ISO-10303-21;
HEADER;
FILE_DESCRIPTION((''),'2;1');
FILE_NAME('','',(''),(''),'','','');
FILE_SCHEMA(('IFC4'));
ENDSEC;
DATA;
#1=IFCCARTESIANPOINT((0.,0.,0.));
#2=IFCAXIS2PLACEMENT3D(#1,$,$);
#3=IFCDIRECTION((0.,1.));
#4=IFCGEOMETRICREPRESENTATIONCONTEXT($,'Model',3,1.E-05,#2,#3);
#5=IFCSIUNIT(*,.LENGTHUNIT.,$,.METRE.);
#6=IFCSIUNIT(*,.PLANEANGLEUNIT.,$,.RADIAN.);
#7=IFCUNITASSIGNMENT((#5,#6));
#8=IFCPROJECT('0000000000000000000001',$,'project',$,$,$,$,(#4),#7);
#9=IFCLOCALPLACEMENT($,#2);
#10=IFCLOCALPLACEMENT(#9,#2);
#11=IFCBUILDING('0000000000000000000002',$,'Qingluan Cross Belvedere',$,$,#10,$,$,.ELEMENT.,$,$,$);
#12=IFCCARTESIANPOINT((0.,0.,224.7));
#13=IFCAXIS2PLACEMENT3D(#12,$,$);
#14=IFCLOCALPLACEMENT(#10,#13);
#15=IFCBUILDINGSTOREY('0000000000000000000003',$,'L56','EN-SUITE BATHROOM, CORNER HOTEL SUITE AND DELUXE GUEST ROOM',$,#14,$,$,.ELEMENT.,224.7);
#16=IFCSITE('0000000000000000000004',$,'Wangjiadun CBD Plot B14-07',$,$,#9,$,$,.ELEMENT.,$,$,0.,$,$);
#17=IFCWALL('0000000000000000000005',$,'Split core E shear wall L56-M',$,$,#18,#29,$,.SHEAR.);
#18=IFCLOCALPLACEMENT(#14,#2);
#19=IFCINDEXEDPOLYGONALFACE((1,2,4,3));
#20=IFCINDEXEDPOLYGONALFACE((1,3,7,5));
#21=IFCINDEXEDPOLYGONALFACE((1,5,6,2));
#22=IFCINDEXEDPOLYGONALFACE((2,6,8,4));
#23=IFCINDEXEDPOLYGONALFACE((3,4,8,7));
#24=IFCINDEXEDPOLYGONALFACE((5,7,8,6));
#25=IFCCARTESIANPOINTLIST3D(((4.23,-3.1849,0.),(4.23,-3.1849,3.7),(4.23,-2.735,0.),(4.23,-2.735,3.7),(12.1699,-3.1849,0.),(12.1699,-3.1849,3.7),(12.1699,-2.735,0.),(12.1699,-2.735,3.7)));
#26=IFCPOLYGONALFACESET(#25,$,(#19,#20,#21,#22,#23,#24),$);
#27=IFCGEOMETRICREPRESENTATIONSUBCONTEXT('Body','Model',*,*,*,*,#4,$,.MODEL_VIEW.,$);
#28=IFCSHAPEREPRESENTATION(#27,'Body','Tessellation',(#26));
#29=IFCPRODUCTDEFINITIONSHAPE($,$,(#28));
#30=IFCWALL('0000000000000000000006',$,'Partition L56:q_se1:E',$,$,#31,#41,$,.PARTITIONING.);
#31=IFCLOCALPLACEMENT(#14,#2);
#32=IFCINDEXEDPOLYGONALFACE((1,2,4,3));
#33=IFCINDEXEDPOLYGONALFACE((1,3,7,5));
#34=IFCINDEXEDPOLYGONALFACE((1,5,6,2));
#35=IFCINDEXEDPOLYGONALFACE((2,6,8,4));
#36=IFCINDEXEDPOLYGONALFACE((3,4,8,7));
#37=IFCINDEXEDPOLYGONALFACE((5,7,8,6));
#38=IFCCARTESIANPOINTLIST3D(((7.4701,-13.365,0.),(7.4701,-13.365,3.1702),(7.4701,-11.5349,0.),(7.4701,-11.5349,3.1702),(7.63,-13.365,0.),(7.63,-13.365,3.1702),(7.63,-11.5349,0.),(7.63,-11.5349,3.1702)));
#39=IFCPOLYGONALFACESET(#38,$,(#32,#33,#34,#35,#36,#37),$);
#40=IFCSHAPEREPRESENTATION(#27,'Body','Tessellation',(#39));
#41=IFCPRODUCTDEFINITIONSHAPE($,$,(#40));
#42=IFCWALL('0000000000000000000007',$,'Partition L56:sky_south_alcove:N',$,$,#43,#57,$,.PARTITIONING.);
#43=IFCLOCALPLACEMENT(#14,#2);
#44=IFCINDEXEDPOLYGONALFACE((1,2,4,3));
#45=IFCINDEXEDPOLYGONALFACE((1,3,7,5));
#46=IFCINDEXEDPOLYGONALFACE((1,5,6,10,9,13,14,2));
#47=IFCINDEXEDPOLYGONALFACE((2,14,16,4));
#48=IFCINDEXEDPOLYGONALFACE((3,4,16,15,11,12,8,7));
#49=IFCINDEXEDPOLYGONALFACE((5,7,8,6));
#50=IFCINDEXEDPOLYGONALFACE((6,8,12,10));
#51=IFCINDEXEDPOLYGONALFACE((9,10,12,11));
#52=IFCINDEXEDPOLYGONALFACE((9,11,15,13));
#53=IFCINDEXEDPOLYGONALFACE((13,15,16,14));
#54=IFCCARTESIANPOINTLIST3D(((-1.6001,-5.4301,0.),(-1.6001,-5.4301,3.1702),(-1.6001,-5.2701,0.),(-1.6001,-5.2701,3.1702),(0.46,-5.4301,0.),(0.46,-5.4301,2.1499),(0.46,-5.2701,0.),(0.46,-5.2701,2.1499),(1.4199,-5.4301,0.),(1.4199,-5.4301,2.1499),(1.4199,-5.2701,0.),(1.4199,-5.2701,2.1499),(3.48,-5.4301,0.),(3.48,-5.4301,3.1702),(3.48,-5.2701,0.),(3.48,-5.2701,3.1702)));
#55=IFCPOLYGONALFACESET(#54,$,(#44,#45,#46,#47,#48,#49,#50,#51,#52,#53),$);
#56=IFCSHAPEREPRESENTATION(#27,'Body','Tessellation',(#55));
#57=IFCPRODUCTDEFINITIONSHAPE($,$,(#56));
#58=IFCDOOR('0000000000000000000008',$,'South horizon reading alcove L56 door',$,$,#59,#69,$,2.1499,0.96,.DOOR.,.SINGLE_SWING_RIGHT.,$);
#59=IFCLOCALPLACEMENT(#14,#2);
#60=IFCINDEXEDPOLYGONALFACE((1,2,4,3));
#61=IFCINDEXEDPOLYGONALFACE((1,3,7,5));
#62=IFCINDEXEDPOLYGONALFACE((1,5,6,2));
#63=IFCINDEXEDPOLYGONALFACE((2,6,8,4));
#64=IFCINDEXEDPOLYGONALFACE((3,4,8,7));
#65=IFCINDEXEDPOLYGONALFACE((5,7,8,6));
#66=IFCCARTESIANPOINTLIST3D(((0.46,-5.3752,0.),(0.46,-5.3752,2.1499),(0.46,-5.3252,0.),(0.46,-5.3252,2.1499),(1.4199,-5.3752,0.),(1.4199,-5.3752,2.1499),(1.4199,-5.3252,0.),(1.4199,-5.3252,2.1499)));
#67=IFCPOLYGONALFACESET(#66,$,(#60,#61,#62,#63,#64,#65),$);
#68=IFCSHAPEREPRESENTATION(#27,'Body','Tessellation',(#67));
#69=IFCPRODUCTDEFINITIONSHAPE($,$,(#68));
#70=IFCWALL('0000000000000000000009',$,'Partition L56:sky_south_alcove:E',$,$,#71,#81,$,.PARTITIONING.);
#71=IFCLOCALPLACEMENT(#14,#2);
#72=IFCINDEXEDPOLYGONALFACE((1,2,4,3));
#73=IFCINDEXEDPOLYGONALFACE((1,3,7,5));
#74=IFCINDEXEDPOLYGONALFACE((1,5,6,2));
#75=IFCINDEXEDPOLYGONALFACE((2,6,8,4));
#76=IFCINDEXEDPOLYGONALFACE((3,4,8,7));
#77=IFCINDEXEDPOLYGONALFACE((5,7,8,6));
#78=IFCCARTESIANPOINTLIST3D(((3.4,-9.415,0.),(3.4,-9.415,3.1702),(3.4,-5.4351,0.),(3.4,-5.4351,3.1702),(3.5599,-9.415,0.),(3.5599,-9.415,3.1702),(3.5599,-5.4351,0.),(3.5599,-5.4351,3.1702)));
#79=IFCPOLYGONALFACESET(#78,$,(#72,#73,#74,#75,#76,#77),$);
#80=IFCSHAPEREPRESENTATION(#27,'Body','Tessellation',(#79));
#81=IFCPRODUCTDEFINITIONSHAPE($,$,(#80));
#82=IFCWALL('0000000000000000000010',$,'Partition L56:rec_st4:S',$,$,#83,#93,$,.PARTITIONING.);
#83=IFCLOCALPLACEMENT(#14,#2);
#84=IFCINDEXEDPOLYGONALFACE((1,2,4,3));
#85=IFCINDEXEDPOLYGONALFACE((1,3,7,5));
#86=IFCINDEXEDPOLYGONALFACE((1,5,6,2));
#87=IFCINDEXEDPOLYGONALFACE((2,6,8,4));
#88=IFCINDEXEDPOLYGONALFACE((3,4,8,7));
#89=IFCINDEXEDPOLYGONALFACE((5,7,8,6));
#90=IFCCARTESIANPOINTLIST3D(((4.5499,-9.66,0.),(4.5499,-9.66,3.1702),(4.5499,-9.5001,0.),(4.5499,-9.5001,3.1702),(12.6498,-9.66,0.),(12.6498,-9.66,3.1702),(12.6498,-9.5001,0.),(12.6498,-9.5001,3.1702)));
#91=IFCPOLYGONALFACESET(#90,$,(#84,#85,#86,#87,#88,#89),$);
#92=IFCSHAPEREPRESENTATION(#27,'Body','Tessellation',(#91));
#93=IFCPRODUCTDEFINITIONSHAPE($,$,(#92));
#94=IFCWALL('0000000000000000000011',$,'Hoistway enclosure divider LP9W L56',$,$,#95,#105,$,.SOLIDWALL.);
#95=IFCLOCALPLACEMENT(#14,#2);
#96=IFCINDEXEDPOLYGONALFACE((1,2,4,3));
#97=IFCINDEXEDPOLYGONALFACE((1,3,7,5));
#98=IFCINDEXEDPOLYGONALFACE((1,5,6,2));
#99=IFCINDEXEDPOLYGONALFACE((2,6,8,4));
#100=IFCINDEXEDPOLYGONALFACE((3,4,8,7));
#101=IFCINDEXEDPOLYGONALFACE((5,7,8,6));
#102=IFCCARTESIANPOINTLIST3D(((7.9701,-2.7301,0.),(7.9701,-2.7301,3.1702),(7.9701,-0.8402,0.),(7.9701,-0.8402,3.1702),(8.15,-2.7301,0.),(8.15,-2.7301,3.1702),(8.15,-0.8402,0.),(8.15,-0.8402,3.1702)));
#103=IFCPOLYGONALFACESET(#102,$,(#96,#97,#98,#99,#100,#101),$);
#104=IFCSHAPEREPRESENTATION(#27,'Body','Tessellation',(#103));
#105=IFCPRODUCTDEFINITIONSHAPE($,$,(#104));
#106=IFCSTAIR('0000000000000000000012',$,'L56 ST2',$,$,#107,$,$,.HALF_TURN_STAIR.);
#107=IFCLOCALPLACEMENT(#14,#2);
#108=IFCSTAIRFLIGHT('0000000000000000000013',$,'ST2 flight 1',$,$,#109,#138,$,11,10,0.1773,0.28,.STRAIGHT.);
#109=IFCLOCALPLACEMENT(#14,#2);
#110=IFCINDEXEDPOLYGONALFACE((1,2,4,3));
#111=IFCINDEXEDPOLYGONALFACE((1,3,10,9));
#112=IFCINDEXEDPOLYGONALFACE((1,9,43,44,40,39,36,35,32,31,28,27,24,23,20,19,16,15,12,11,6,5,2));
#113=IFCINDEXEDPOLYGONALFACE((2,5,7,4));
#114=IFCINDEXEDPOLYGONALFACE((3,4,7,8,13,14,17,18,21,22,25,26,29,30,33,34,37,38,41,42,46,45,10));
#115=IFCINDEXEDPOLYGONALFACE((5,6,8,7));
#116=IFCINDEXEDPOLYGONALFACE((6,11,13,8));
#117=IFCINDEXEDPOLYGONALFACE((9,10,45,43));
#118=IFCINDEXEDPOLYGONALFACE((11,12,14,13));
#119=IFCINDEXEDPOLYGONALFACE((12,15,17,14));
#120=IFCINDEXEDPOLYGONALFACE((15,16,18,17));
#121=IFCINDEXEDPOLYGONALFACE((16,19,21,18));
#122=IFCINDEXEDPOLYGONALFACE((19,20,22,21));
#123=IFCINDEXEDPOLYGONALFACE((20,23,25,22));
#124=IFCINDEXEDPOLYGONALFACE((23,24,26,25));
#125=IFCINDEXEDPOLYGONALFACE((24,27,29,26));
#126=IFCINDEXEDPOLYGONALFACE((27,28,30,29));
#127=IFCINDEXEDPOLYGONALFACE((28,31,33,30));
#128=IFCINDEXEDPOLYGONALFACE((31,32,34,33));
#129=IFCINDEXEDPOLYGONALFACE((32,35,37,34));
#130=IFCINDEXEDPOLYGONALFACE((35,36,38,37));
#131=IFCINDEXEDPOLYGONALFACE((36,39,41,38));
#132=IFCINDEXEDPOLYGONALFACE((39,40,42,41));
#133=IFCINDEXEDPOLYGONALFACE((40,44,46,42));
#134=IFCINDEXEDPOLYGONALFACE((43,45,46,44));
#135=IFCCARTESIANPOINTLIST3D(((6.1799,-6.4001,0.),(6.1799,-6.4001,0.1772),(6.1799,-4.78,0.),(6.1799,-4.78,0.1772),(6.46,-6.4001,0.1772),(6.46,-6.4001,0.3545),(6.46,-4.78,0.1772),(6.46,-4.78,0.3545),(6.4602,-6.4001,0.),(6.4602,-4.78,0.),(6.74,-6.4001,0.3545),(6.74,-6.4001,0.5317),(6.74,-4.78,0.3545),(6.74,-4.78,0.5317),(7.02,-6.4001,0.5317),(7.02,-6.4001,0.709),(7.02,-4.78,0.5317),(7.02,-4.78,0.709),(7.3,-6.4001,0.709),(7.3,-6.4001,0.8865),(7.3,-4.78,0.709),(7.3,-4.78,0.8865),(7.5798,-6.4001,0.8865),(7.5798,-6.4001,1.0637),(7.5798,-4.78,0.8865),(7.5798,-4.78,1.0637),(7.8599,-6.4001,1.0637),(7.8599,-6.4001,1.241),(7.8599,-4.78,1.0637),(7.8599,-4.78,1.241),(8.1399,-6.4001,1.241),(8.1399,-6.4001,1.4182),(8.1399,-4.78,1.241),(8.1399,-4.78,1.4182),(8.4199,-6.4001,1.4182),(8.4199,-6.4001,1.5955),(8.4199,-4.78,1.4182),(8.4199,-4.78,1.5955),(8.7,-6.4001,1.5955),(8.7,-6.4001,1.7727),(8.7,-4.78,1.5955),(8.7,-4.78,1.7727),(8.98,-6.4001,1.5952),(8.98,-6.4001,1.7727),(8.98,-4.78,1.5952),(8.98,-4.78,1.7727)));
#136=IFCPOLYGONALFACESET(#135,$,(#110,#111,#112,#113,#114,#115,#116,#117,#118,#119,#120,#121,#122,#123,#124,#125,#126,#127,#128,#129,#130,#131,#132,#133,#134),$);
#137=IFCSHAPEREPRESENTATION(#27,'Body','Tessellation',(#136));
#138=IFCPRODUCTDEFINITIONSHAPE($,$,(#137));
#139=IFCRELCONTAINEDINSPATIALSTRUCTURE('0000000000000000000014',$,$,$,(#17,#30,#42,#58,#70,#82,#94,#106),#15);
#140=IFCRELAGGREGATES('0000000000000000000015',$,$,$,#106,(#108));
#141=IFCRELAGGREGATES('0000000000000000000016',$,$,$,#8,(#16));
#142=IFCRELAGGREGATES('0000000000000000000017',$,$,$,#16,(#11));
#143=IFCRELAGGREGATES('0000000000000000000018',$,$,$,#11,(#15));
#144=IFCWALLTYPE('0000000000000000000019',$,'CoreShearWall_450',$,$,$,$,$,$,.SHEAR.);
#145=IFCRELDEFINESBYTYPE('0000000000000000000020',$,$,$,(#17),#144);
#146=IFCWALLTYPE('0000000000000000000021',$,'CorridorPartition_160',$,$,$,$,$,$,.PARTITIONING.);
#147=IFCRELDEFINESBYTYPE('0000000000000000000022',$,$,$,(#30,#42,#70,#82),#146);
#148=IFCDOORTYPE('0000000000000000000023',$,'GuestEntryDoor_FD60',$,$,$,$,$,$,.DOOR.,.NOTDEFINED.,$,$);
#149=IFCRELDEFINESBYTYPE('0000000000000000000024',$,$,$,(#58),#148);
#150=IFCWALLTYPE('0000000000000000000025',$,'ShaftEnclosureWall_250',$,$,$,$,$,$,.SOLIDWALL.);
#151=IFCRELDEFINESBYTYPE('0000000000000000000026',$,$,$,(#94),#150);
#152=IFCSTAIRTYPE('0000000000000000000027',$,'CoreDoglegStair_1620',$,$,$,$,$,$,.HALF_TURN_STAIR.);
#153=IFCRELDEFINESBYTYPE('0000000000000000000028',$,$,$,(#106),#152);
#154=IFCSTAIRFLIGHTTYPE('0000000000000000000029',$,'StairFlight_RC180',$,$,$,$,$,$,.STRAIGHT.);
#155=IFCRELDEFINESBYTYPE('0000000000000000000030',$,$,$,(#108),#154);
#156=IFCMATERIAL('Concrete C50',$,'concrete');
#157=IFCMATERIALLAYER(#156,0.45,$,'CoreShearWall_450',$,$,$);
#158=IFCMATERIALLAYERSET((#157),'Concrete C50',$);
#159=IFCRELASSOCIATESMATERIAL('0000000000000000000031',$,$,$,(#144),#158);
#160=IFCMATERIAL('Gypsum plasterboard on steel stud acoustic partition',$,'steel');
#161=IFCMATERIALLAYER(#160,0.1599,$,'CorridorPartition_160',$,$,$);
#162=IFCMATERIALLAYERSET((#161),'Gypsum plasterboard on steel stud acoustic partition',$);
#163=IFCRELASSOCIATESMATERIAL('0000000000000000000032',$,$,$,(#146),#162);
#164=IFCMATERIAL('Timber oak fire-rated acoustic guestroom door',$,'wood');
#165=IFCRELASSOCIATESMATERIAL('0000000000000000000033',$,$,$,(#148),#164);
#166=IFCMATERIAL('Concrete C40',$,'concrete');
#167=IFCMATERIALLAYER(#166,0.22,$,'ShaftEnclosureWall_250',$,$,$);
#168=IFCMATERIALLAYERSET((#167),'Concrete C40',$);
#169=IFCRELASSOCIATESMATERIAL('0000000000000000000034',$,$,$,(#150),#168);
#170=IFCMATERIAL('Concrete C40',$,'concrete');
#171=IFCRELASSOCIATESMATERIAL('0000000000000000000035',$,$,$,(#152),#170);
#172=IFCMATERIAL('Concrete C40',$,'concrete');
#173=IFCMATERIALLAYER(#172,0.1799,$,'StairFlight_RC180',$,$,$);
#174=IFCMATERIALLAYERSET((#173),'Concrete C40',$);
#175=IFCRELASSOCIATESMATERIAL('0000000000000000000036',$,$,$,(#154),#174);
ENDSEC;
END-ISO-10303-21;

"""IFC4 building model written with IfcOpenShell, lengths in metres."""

from ifc_helpers import new_model, si_unit, direction, frame, frame_2d, origin, place, context, subcontext, project, spatial, polyline, rectangle, outline, extrude, material, layer, layer_set, type_object, element, fill, aggregate, save


model = new_model("IFC4")

# Units and contexts
model_context = context("Model", 3, precision=1e-05, world=origin(), true_north=direction((0.0, 1.0)))
body_context = subcontext(model_context, "Body", "Model", "MODEL_VIEW")
ifc_project = project(units=[si_unit("LENGTHUNIT", "METRE"), si_unit("PLANEANGLEUNIT", "RADIAN")], contexts=[model_context])

# Site, building, storey
site_placement = place(None, origin())
site = spatial("IfcSite", under=ifc_project, at=site_placement, Name="Wangjiadun CBD Plot B14-07", CompositionType="ELEMENT", RefElevation=0.0)
building_placement = place(site_placement, origin())
building = spatial("IfcBuilding", under=site, at=building_placement, Name="Qingluan Cross Belvedere", CompositionType="ELEMENT")
storey_placement = place(building_placement, frame((0.0, 0.0, 224.7)))
storey = spatial("IfcBuildingStorey", under=building, at=storey_placement, Name="L56", Description="EN-SUITE BATHROOM, CORNER HOTEL SUITE AND DELUXE GUEST ROOM", CompositionType="ELEMENT", Elevation=224.7)

# Shared definitions
ifc_material_1 = material(Name="Concrete C50", Category="concrete")
ifc_layer_1 = layer(ifc_material_1, 0.45, Name="CoreShearWall_450")
ifc_layer_set_1 = layer_set([ifc_layer_1], Name="Concrete C50")
wall_type_1 = type_object("IfcWallType", Name="CoreShearWall_450", PredefinedType="SHEAR", material=ifc_layer_set_1)

# Wall
wall_1_placement = place(storey_placement, frame((4.23, -2.96, 0.0), z_axis=(0.0, 0.0, 1.0), x_axis=(1.0, 0.0, 0.0)))
element("IfcWall", 1, at=wall_1_placement, inside=storey, type_object=wall_type_1, Name="Split core E shear wall L56-M", PredefinedType="SHEAR", context=body_context, shape_type="SweptSolid", body=[
    extrude(rectangle(XDim=7.9399, YDim=0.45, at=frame_2d((3.97, 0.0))), origin(), (0.0, 0.0, 1.0), 3.7),
])

# Shared definitions
ifc_material_2 = material(Name="Gypsum plasterboard on steel stud acoustic partition", Category="steel")
ifc_layer_2 = layer(ifc_material_2, 0.1599, Name="CorridorPartition_160")
ifc_layer_set_2 = layer_set([ifc_layer_2], Name="Gypsum plasterboard on steel stud acoustic partition")
wall_type_2 = type_object("IfcWallType", Name="CorridorPartition_160", PredefinedType="PARTITIONING", material=ifc_layer_set_2)
ifc_material_3 = material(Name="Timber oak fire-rated acoustic guestroom door", Category="wood")
door_type_1 = type_object("IfcDoorType", Name="GuestEntryDoor_FD60", OperationType="NOTDEFINED", PredefinedType="DOOR", material=ifc_material_3)

# Wall
wall_2_placement = place(storey_placement, frame((7.55, -13.365, 0.0), z_axis=(0.0, 0.0, 1.0), x_axis=(0.0, 1.0, 0.0)))
element("IfcWall", 2, at=wall_2_placement, inside=storey, type_object=wall_type_2, Name="Partition L56:q_se1:E", PredefinedType="PARTITIONING", context=body_context, shape_type="SweptSolid", body=[
    extrude(rectangle(XDim=1.8301, YDim=0.1599, at=frame_2d((0.915, 0.0))), origin(), (0.0, 0.0, 1.0), 3.1702),
])

# Wall, opening, door
wall_3_placement = place(storey_placement, frame((-1.6001, -5.3501, 0.0), z_axis=(0.0, 0.0, 1.0), x_axis=(1.0, 0.0, 0.0)))
wall_3 = element("IfcWall", 3, at=wall_3_placement, inside=storey, type_object=wall_type_2, Name="Partition L56:sky_south_alcove:N", PredefinedType="PARTITIONING", context=body_context, shape_type="SweptSolid", body=[
    extrude(rectangle(XDim=5.0801, YDim=0.1599, at=frame_2d((2.54, 0.0))), origin(), (0.0, 0.0, 1.0), 3.1702),
])
opening_1_placement = place(wall_3_placement, frame((2.0601, 0.0, 0.0)))
opening_1 = element("IfcOpeningElement", 4, at=opening_1_placement, cuts=wall_3, PredefinedType="OPENING", context=body_context, shape_type="SweptSolid", body=[
    extrude(rectangle(XDim=0.96, YDim=2.1499, at=frame_2d((0.48, 1.075))), frame((0.0, 0.0898, 0.0), z_axis=(0.0, -1.0, 0.0), x_axis=(1.0, 0.0, 0.0)), (0.0, 0.0, 1.0), 0.1799),
])
door_1_placement = place(opening_1_placement, origin())
door_1 = element("IfcDoor", 5, at=door_1_placement, inside=storey, type_object=door_type_1, Name="South horizon reading alcove L56 door", OperationType="SINGLE_SWING_RIGHT", OverallHeight=2.1499, OverallWidth=0.96, PredefinedType="DOOR", context=body_context, shape_type="SweptSolid", body=[
    extrude(rectangle(XDim=0.96, YDim=2.1499, at=frame_2d((0.48, 1.075))), frame((0.0, 0.0249, 0.0), z_axis=(0.0, -1.0, 0.0), x_axis=(1.0, 0.0, 0.0)), (0.0, 0.0, 1.0), 0.05),
])
fill(opening_1, door_1)

# Walls
wall_4_placement = place(storey_placement, frame((3.48, -9.415, 0.0), z_axis=(0.0, 0.0, 1.0), x_axis=(0.0, 1.0, 0.0)))
element("IfcWall", 6, at=wall_4_placement, inside=storey, type_object=wall_type_2, Name="Partition L56:sky_south_alcove:E", PredefinedType="PARTITIONING", context=body_context, shape_type="SweptSolid", body=[
    extrude(rectangle(XDim=3.98, YDim=0.1599, at=frame_2d((1.99, 0.0))), origin(), (0.0, 0.0, 1.0), 3.1702),
])
wall_5_placement = place(storey_placement, frame((4.55, -9.5801, 0.0), z_axis=(0.0, 0.0, 1.0), x_axis=(1.0, 0.0, 0.0)))
element("IfcWall", 7, at=wall_5_placement, inside=storey, type_object=wall_type_2, Name="Partition L56:rec_st4:S", PredefinedType="PARTITIONING", context=body_context, shape_type="SweptSolid", body=[
    extrude(rectangle(XDim=8.0999, YDim=0.1599, at=frame_2d((4.0498, 0.0))), origin(), (0.0, 0.0, 1.0), 3.1702),
])

# Wall
ifc_material_4 = material(Name="Concrete C40", Category="concrete")
ifc_layer_3 = layer(ifc_material_4, 0.22, Name="ShaftEnclosureWall_250")
ifc_layer_set_3 = layer_set([ifc_layer_3], Name="Concrete C40")
wall_type_3 = type_object("IfcWallType", Name="ShaftEnclosureWall_250", PredefinedType="SOLIDWALL", material=ifc_layer_set_3)
wall_6_placement = place(storey_placement, frame((8.0601, -2.73, 0.0), z_axis=(0.0, 0.0, 1.0), x_axis=(0.0, 1.0, 0.0)))
element("IfcWall", 8, at=wall_6_placement, inside=storey, type_object=wall_type_3, Name="Hoistway enclosure divider LP9W L56", PredefinedType="SOLIDWALL", context=body_context, shape_type="SweptSolid", body=[
    extrude(rectangle(XDim=1.8899, YDim=0.1799, at=frame_2d((0.9448, 0.0))), origin(), (0.0, 0.0, 1.0), 3.1702),
])

# Stair, stair flight
ifc_material_5 = material(Name="Concrete C40", Category="concrete")
stair_type = type_object("IfcStairType", Name="CoreDoglegStair_1620", PredefinedType="HALF_TURN_STAIR", material=ifc_material_5)
stair_placement = place(storey_placement, origin())
stair = element("IfcStair", 9, at=stair_placement, inside=storey, type_object=stair_type, Name="L56 ST2", PredefinedType="HALF_TURN_STAIR")
ifc_material_6 = material(Name="Concrete C40", Category="concrete")
ifc_layer_4 = layer(ifc_material_6, 0.1799, Name="StairFlight_RC180")
ifc_layer_set_4 = layer_set([ifc_layer_4], Name="Concrete C40")
stair_flight_type = type_object("IfcStairFlightType", Name="StairFlight_RC180", PredefinedType="STRAIGHT", material=ifc_layer_set_4)
stair_flight_placement = place(storey_placement, frame((6.1799, -5.5901, 0.0), z_axis=(0.0, 0.0, 1.0), x_axis=(1.0, 0.0, 0.0)))
stair_flight = element("IfcStairFlight", 10, at=stair_flight_placement, type_object=stair_flight_type, Name="ST2 flight 1", NumberOfRisers=11, NumberOfTreads=10, PredefinedType="STRAIGHT", RiserHeight=0.1773, TreadLength=0.28, context=body_context, shape_type="SweptSolid", body=[
    extrude(outline(polyline([(0.0, 0.0), (0.0, 0.1772), (0.28, 0.1772), (0.28, 0.3545), (0.5601, 0.3545), (0.5601, 0.5317), (0.8401, 0.5317), (0.8401, 0.709), (1.1201, 0.709), (1.1201, 0.8865), (1.3999, 0.8865), (1.3999, 1.0637), (1.6799, 1.0637), (1.6799, 1.241), (1.96, 1.241), (1.96, 1.4182), (2.24, 1.4182), (2.24, 1.5955), (2.52, 1.5955), (2.52, 1.7727), (2.8, 1.7727), (2.8, 1.95), (2.8, 1.5952), (0.2803, 0.0), (0.0, 0.0)])), frame((0.0, 0.8101, 0.0), z_axis=(0.0, -1.0, 0.0), x_axis=(1.0, 0.0, 0.0)), (0.0, 0.0, 1.0), 1.6201),
])
aggregate(stair, [stair_flight])

save(model, "model.ifc")
